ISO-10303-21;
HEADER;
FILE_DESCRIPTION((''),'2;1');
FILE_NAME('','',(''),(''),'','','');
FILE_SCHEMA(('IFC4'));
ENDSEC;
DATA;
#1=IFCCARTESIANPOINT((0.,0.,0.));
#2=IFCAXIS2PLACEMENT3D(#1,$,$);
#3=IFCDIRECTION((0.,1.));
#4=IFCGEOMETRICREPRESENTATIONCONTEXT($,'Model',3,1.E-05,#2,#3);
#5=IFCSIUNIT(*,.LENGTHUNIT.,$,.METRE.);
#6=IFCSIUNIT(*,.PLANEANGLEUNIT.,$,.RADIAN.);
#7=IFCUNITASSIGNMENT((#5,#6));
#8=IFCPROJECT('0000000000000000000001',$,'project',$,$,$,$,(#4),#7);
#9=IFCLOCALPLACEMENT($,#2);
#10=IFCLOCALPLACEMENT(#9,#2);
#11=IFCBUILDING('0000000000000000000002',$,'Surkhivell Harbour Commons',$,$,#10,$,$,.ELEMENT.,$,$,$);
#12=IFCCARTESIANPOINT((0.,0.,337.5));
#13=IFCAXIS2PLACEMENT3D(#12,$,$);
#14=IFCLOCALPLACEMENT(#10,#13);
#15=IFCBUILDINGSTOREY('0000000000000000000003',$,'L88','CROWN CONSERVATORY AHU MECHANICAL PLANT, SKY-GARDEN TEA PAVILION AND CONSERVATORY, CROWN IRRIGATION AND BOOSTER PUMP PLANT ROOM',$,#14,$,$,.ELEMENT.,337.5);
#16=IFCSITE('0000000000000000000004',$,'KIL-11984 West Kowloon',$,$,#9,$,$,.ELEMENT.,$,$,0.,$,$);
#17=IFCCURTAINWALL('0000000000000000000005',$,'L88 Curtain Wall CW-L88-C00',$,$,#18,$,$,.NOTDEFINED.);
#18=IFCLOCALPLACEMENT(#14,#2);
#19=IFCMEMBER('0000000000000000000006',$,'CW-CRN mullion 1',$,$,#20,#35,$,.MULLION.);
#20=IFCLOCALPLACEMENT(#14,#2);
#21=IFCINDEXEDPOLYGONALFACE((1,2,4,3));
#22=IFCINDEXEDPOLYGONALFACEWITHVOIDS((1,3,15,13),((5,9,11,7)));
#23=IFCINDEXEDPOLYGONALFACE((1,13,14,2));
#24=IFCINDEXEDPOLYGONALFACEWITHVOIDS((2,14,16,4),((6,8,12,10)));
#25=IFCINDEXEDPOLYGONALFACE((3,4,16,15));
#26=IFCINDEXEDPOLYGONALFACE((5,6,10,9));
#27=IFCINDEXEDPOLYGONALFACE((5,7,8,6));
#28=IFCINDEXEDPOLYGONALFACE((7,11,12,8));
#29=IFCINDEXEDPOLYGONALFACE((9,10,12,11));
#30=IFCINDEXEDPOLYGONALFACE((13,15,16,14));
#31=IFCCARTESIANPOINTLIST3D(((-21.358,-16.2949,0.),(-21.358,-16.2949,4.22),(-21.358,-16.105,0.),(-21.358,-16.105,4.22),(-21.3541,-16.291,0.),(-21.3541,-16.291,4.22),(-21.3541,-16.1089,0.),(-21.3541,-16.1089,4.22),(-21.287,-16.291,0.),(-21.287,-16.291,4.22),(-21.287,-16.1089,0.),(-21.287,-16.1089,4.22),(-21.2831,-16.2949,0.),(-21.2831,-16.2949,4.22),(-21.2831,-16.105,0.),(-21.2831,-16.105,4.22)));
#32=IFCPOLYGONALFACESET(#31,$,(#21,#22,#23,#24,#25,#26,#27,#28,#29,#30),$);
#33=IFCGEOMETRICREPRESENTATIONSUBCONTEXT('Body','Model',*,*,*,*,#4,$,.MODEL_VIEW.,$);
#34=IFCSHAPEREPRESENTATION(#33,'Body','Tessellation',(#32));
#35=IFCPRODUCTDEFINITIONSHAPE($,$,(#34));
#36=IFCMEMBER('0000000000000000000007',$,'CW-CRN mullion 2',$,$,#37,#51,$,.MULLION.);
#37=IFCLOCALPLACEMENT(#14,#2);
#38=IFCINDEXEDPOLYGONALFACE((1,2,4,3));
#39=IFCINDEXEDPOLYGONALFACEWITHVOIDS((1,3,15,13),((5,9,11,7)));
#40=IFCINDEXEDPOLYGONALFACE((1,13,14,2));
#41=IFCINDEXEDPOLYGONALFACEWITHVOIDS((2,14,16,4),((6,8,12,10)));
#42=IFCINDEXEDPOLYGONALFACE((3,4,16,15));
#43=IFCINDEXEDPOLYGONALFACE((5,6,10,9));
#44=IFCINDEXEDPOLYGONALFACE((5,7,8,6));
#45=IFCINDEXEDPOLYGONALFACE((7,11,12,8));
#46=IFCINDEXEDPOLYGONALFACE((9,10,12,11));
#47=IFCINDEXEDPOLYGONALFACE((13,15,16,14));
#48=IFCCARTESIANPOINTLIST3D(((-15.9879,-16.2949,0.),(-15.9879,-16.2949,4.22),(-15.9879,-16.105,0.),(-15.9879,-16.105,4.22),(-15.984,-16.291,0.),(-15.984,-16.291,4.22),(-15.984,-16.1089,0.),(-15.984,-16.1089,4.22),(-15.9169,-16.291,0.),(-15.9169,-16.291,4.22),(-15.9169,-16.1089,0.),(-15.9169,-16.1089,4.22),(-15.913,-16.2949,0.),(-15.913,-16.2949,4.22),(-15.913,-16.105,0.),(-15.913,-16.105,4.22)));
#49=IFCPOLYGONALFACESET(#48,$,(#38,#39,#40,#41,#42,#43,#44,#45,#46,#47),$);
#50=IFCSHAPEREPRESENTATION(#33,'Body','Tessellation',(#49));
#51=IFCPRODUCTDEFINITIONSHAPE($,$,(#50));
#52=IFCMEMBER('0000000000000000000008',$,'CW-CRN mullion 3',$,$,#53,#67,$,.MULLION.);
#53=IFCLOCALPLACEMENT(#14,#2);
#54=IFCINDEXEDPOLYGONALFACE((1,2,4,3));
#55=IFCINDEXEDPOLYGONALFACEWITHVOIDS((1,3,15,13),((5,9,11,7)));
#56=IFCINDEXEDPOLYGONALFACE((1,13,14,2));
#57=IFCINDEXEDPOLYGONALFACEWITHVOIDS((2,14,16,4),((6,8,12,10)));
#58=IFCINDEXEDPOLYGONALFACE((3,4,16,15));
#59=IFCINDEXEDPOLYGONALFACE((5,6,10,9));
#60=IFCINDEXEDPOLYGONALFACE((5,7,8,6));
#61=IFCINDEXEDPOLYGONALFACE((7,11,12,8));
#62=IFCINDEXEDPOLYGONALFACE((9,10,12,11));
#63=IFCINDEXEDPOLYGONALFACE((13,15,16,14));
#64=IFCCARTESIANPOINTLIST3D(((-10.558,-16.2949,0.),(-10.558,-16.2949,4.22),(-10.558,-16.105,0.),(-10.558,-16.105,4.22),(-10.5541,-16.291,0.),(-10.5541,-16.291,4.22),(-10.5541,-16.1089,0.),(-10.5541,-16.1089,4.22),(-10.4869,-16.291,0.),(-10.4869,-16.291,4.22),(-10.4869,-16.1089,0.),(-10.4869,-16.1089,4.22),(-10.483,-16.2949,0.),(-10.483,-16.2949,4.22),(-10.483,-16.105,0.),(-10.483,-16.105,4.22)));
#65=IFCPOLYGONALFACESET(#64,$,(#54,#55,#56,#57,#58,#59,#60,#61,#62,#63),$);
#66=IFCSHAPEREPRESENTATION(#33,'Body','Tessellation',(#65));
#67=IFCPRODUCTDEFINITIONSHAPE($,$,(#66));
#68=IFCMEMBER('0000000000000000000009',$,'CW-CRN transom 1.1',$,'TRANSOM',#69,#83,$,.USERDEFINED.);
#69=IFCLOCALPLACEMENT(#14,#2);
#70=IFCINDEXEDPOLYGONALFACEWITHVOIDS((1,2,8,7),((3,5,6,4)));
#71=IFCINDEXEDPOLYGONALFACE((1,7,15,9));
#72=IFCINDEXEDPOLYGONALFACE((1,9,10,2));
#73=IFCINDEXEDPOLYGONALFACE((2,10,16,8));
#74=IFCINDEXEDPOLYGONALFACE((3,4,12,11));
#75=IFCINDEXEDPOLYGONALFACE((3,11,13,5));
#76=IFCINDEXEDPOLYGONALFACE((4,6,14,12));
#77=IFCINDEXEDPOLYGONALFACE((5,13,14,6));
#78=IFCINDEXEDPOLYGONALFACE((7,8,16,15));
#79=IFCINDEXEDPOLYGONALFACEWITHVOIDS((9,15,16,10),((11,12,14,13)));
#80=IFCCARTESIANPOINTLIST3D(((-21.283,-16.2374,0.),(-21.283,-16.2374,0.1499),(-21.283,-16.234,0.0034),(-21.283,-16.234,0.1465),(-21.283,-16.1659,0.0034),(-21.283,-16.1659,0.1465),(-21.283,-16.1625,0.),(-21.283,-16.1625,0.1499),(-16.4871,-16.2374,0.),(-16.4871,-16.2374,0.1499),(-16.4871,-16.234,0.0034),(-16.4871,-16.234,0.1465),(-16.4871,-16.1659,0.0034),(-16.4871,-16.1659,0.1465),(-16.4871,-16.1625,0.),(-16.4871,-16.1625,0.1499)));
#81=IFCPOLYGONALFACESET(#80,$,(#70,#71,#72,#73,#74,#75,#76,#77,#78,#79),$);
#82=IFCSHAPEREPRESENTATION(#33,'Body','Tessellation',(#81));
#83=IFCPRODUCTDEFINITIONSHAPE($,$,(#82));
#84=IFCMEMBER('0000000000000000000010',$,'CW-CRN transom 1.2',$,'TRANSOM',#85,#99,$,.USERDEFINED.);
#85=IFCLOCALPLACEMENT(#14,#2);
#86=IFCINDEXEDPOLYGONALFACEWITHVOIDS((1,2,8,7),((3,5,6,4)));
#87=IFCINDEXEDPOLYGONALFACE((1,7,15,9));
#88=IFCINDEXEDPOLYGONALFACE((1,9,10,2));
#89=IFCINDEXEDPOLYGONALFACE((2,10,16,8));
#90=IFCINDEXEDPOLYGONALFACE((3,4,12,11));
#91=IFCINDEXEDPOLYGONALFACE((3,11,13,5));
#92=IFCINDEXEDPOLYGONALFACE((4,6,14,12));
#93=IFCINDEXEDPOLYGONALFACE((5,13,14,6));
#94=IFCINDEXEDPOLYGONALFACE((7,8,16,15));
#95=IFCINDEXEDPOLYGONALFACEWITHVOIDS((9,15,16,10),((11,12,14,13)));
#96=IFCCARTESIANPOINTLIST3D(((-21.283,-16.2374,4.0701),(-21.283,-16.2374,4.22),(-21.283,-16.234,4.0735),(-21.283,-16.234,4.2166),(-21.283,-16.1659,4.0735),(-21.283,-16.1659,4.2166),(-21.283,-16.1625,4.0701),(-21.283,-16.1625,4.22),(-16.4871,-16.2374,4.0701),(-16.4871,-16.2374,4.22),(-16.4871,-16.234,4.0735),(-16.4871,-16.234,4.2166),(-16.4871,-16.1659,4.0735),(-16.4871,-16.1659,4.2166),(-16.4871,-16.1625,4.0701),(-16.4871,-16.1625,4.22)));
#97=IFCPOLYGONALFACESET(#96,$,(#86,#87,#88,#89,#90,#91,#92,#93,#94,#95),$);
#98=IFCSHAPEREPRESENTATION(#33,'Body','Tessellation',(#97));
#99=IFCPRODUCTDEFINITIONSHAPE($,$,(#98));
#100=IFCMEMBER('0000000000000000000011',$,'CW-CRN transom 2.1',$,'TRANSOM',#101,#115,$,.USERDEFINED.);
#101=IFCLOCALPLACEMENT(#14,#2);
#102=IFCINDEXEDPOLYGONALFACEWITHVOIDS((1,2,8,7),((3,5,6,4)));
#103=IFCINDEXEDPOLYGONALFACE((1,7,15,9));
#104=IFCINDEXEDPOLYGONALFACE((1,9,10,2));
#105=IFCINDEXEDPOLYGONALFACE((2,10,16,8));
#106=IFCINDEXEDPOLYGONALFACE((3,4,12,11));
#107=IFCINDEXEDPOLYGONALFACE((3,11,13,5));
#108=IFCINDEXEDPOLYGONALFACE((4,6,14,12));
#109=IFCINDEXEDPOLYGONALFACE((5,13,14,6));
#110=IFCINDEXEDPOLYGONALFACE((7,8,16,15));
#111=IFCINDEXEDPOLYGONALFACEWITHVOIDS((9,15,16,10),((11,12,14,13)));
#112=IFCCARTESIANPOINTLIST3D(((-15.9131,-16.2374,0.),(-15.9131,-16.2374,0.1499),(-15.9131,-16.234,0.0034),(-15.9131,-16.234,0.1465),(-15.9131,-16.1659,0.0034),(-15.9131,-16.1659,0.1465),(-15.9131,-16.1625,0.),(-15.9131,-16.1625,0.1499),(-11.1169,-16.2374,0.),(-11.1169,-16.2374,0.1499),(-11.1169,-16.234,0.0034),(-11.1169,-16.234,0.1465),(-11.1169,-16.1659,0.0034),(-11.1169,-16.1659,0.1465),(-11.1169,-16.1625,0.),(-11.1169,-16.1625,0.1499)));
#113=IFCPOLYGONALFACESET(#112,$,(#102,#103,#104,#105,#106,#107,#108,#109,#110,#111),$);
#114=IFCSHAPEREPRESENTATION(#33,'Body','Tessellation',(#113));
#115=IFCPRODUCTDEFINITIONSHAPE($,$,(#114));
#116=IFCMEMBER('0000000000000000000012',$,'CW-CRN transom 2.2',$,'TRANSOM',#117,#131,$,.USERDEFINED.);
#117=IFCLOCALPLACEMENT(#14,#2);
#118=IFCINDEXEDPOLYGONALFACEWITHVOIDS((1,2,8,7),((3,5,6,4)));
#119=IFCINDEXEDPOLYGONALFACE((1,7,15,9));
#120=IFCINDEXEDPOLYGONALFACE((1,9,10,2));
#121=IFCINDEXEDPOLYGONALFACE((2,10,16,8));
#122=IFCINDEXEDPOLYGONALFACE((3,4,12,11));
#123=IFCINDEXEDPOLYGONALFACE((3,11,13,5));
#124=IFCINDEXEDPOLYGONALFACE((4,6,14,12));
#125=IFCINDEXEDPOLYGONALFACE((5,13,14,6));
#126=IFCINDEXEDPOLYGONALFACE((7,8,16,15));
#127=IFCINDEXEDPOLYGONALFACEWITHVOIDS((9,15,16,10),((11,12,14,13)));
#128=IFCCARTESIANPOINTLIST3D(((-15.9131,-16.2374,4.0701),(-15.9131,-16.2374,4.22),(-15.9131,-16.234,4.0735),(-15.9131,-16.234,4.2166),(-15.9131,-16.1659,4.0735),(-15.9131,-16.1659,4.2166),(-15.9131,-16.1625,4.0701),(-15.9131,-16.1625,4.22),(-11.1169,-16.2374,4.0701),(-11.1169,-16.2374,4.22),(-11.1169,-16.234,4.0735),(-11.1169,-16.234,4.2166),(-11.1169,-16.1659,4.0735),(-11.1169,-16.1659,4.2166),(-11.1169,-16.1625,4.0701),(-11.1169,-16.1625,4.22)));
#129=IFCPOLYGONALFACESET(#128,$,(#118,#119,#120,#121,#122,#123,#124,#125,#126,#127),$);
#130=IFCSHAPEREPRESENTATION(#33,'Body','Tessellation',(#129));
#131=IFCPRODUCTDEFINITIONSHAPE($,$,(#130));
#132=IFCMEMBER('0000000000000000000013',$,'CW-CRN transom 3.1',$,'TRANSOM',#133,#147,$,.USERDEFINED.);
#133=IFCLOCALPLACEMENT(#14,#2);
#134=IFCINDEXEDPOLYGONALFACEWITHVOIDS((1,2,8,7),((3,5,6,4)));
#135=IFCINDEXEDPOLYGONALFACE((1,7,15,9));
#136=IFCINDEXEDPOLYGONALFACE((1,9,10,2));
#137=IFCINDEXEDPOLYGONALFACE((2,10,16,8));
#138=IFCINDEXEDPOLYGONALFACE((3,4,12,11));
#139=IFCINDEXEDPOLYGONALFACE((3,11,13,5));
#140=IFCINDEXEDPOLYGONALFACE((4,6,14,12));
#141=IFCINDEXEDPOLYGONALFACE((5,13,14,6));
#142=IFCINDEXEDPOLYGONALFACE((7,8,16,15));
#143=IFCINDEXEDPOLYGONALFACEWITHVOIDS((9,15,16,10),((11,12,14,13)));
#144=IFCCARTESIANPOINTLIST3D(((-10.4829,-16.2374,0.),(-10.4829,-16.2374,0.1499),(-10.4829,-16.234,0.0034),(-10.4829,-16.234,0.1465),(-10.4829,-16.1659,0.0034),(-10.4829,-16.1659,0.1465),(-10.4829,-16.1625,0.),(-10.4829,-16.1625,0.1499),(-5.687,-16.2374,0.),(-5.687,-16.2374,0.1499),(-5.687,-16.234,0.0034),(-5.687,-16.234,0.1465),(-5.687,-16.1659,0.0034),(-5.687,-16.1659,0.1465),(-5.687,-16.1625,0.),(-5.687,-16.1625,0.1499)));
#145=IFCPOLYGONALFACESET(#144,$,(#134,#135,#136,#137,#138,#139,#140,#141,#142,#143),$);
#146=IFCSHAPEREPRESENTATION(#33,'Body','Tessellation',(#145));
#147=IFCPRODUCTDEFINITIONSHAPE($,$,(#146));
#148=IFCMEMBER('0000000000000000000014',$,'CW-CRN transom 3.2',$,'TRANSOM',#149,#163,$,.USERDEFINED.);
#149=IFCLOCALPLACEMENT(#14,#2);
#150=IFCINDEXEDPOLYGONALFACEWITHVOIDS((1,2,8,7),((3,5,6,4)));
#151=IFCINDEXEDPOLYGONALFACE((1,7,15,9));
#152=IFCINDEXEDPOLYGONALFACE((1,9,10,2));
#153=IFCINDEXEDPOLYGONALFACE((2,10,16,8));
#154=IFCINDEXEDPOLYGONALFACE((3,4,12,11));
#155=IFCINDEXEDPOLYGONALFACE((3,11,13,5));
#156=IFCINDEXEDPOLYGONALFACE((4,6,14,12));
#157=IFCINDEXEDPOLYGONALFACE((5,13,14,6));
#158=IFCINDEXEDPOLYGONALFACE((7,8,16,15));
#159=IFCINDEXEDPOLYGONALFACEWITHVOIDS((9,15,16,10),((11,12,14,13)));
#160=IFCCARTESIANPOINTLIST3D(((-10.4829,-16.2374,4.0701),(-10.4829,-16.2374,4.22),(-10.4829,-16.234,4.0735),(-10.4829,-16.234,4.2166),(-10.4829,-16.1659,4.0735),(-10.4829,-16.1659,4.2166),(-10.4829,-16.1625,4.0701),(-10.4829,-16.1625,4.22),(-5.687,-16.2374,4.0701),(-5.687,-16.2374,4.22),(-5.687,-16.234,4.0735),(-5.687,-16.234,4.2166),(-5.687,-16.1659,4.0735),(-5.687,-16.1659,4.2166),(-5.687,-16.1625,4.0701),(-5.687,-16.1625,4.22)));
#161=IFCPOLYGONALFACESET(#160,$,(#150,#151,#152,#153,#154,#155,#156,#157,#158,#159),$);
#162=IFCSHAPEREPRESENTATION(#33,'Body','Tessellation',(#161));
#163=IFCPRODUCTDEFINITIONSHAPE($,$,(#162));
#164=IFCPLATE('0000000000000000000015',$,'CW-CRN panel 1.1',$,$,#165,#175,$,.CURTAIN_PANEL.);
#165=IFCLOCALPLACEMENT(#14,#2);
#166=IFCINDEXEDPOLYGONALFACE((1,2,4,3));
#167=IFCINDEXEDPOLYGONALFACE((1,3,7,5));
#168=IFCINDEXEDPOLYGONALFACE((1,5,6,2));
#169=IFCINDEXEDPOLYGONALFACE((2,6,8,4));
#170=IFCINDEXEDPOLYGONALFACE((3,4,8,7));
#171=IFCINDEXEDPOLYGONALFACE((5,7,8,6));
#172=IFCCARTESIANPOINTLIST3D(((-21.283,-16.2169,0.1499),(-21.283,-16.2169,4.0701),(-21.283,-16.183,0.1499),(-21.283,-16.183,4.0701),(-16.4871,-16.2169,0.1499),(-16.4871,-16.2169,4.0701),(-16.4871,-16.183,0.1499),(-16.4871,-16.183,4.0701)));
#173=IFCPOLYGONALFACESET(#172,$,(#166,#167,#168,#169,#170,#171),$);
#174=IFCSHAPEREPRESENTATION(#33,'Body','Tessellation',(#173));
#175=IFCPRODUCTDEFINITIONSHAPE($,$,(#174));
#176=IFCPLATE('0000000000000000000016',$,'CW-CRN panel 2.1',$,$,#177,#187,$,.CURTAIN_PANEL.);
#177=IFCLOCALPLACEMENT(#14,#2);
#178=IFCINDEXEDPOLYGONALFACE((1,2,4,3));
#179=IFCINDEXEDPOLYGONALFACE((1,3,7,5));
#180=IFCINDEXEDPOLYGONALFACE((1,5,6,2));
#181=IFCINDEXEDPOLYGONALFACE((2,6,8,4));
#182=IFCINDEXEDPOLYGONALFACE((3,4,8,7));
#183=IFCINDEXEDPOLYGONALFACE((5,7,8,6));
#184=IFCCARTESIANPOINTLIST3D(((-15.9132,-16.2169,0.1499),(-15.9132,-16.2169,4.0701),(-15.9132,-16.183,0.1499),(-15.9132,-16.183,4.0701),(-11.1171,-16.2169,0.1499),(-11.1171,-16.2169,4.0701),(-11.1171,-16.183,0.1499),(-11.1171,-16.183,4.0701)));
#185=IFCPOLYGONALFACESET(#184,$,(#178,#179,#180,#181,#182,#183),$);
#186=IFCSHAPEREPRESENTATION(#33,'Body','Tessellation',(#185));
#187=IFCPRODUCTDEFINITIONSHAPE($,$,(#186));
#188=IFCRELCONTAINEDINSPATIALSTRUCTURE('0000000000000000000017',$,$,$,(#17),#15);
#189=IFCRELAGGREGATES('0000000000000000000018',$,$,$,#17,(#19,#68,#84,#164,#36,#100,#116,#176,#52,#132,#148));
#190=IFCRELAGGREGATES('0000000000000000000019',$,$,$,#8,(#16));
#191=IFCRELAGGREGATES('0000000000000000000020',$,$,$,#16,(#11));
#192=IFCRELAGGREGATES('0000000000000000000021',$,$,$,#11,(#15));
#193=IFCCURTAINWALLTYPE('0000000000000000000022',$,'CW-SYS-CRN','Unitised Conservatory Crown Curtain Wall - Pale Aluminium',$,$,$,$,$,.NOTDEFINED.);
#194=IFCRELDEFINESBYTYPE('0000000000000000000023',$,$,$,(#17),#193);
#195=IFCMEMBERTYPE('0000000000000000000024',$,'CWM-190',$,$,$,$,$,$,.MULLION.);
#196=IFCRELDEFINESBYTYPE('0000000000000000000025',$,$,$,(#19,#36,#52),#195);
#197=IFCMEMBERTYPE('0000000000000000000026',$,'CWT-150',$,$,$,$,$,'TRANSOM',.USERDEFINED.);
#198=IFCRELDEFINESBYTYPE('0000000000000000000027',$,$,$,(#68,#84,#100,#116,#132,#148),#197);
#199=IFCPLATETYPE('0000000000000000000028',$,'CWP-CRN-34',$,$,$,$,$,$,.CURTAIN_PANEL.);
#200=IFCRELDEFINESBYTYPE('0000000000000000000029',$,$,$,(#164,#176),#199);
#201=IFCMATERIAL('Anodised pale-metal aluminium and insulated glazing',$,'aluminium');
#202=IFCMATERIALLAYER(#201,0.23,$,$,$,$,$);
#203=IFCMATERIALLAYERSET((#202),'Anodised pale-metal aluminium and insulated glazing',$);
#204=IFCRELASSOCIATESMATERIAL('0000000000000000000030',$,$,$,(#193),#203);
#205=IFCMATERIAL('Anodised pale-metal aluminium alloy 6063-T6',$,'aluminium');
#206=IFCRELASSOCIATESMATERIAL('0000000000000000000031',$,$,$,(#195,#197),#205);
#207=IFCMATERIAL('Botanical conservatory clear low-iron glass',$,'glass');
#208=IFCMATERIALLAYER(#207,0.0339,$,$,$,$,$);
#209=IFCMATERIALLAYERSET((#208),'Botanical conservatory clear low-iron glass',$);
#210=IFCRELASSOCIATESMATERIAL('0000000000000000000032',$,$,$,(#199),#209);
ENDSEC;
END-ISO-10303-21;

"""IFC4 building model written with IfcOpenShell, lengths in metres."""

from ifc_helpers import new_model, si_unit, direction, frame, frame_2d, origin, origin_2d, place, context, subcontext, project, spatial, rectangle, hollow_rectangle, extrude, material, layer, layer_set, material_profile, profile_set, type_object, element, aggregate, save


model = new_model("IFC4")

# Units and contexts
model_context = context("Model", 3, precision=1e-05, world=origin(), true_north=direction((0.0, 1.0)))
body_context = subcontext(model_context, "Body", "Model", "MODEL_VIEW")
ifc_project = project(units=[si_unit("LENGTHUNIT", "METRE"), si_unit("PLANEANGLEUNIT", "RADIAN")], contexts=[model_context])

# Site, building, storey
site_placement = place(None, origin())
site = spatial("IfcSite", under=ifc_project, at=site_placement, Name="KIL-11984 West Kowloon", CompositionType="ELEMENT", RefElevation=0.0)
building_placement = place(site_placement, origin())
building = spatial("IfcBuilding", under=site, at=building_placement, Name="Surkhivell Harbour Commons", CompositionType="ELEMENT")
storey_placement = place(building_placement, frame((0.0, 0.0, 337.5)))
storey = spatial("IfcBuildingStorey", under=building, at=storey_placement, Name="L88", Description="CROWN CONSERVATORY AHU MECHANICAL PLANT, SKY-GARDEN TEA PAVILION AND CONSERVATORY, CROWN IRRIGATION AND BOOSTER PUMP PLANT ROOM", CompositionType="ELEMENT", Elevation=337.5)

# Curtain wall, members, plates
ifc_material_1 = material(Name="Anodised pale-metal aluminium and insulated glazing", Category="aluminium")
ifc_layer_1 = layer(ifc_material_1, 0.23)
ifc_layer_set_1 = layer_set([ifc_layer_1], Name="Anodised pale-metal aluminium and insulated glazing")
curtain_wall_type = type_object("IfcCurtainWallType", Name="CW-SYS-CRN", Description="Unitised Conservatory Crown Curtain Wall - Pale Aluminium", PredefinedType="NOTDEFINED", material=ifc_layer_set_1)
curtain_wall_placement = place(storey_placement, origin())
curtain_wall = element("IfcCurtainWall", 1, at=curtain_wall_placement, inside=storey, type_object=curtain_wall_type, Name="L88 Curtain Wall CW-L88-C00", PredefinedType="NOTDEFINED")
ifc_material_2 = material(Name="Anodised pale-metal aluminium alloy 6063-T6", Category="aluminium")
ifc_material_profile_1 = material_profile(ifc_material_2, hollow_rectangle(XDim=0.075, YDim=0.1899, WallThickness=0.0039, at=origin_2d()), Name="ALU-MULL-75x190")
ifc_profile_set_1 = profile_set([ifc_material_profile_1], Name="Anodised pale-metal aluminium alloy 6063-T6")
member_type_1 = type_object("IfcMemberType", Name="CWM-190", PredefinedType="MULLION", material=ifc_profile_set_1)
member_1_placement = place(storey_placement, frame((-21.3206, -16.2, 0.0), z_axis=(0.0, 0.0, 1.0), x_axis=(1.0, 0.0, 0.0)))
member_1 = element("IfcMember", 2, at=member_1_placement, type_object=member_type_1, Name="CW-CRN mullion 1", PredefinedType="MULLION", context=body_context, shape_type="SweptSolid", body=[
    extrude(hollow_rectangle(XDim=0.075, YDim=0.1899, WallThickness=0.0039, at=origin_2d()), origin(), (0.0, 0.0, 1.0), 4.22),
])
member_2_placement = place(storey_placement, frame((-15.9504, -16.2, 0.0), z_axis=(0.0, 0.0, 1.0), x_axis=(1.0, 0.0, 0.0)))
member_2 = element("IfcMember", 3, at=member_2_placement, type_object=member_type_1, Name="CW-CRN mullion 2", PredefinedType="MULLION", context=body_context, shape_type="SweptSolid", body=[
    extrude(hollow_rectangle(XDim=0.075, YDim=0.1899, WallThickness=0.0039, at=origin_2d()), origin(), (0.0, 0.0, 1.0), 4.22),
])
member_3_placement = place(storey_placement, frame((-10.5205, -16.2, 0.0), z_axis=(0.0, 0.0, 1.0), x_axis=(1.0, 0.0, 0.0)))
member_3 = element("IfcMember", 4, at=member_3_placement, type_object=member_type_1, Name="CW-CRN mullion 3", PredefinedType="MULLION", context=body_context, shape_type="SweptSolid", body=[
    extrude(hollow_rectangle(XDim=0.075, YDim=0.1899, WallThickness=0.0039, at=origin_2d()), origin(), (0.0, 0.0, 1.0), 4.22),
])
ifc_material_profile_2 = material_profile(ifc_material_2, hollow_rectangle(XDim=0.075, YDim=0.1499, WallThickness=0.0034, at=origin_2d()), Name="ALU-TRAN-75x150")
ifc_profile_set_2 = profile_set([ifc_material_profile_2], Name="Anodised pale-metal aluminium alloy 6063-T6")
member_type_2 = type_object("IfcMemberType", Name="CWT-150", ElementType="TRANSOM", PredefinedType="USERDEFINED", material=ifc_profile_set_2)
member_4_placement = place(storey_placement, frame((-21.283, -16.2, 0.075), z_axis=(1.0, 0.0, 0.0), x_axis=(0.0, 1.0, 0.0)))
member_4 = element("IfcMember", 5, at=member_4_placement, type_object=member_type_2, Name="CW-CRN transom 1.1", ObjectType="TRANSOM", PredefinedType="USERDEFINED", context=body_context, shape_type="SweptSolid", body=[
    extrude(hollow_rectangle(XDim=0.075, YDim=0.1499, WallThickness=0.0034, at=origin_2d()), origin(), (0.0, 0.0, 1.0), 4.7959),
])
member_5_placement = place(storey_placement, frame((-21.283, -16.2, 4.145), z_axis=(1.0, 0.0, 0.0), x_axis=(0.0, 1.0, 0.0)))
member_5 = element("IfcMember", 6, at=member_5_placement, type_object=member_type_2, Name="CW-CRN transom 1.2", ObjectType="TRANSOM", PredefinedType="USERDEFINED", context=body_context, shape_type="SweptSolid", body=[
    extrude(hollow_rectangle(XDim=0.075, YDim=0.1499, WallThickness=0.0034, at=origin_2d()), origin(), (0.0, 0.0, 1.0), 4.7959),
])
member_6_placement = place(storey_placement, frame((-15.9131, -16.2, 0.075), z_axis=(1.0, 0.0, 0.0), x_axis=(0.0, 1.0, 0.0)))
member_6 = element("IfcMember", 7, at=member_6_placement, type_object=member_type_2, Name="CW-CRN transom 2.1", ObjectType="TRANSOM", PredefinedType="USERDEFINED", context=body_context, shape_type="SweptSolid", body=[
    extrude(hollow_rectangle(XDim=0.075, YDim=0.1499, WallThickness=0.0034, at=origin_2d()), origin(), (0.0, 0.0, 1.0), 4.7961),
])
member_7_placement = place(storey_placement, frame((-15.9131, -16.2, 4.145), z_axis=(1.0, 0.0, 0.0), x_axis=(0.0, 1.0, 0.0)))
member_7 = element("IfcMember", 8, at=member_7_placement, type_object=member_type_2, Name="CW-CRN transom 2.2", ObjectType="TRANSOM", PredefinedType="USERDEFINED", context=body_context, shape_type="SweptSolid", body=[
    extrude(hollow_rectangle(XDim=0.075, YDim=0.1499, WallThickness=0.0034, at=origin_2d()), origin(), (0.0, 0.0, 1.0), 4.7961),
])
member_8_placement = place(storey_placement, frame((-10.4829, -16.2, 0.075), z_axis=(1.0, 0.0, 0.0), x_axis=(0.0, 1.0, 0.0)))
member_8 = element("IfcMember", 9, at=member_8_placement, type_object=member_type_2, Name="CW-CRN transom 3.1", ObjectType="TRANSOM", PredefinedType="USERDEFINED", context=body_context, shape_type="SweptSolid", body=[
    extrude(hollow_rectangle(XDim=0.075, YDim=0.1499, WallThickness=0.0034, at=origin_2d()), origin(), (0.0, 0.0, 1.0), 4.7959),
])
member_9_placement = place(storey_placement, frame((-10.4829, -16.2, 4.145), z_axis=(1.0, 0.0, 0.0), x_axis=(0.0, 1.0, 0.0)))
member_9 = element("IfcMember", 10, at=member_9_placement, type_object=member_type_2, Name="CW-CRN transom 3.2", ObjectType="TRANSOM", PredefinedType="USERDEFINED", context=body_context, shape_type="SweptSolid", body=[
    extrude(hollow_rectangle(XDim=0.075, YDim=0.1499, WallThickness=0.0034, at=origin_2d()), origin(), (0.0, 0.0, 1.0), 4.7959),
])
ifc_material_3 = material(Name="Botanical conservatory clear low-iron glass", Category="glass")
ifc_layer_2 = layer(ifc_material_3, 0.0339)
ifc_layer_set_2 = layer_set([ifc_layer_2], Name="Botanical conservatory clear low-iron glass")
plate_type_1 = type_object("IfcPlateType", Name="CWP-CRN-34", PredefinedType="CURTAIN_PANEL", material=ifc_layer_set_2)
plate_1_placement = place(storey_placement, frame((-21.283, -16.2, 0.1499), z_axis=(0.0, 0.0, 1.0), x_axis=(1.0, 0.0, 0.0)))
plate_1 = element("IfcPlate", 11, at=plate_1_placement, type_object=plate_type_1, Name="CW-CRN panel 1.1", PredefinedType="CURTAIN_PANEL", context=body_context, shape_type="SweptSolid", body=[
    extrude(rectangle(XDim=4.7959, YDim=0.0339, at=frame_2d((2.3979, 0.0))), origin(), (0.0, 0.0, 1.0), 3.9202),
])
plate_2_placement = place(storey_placement, frame((-15.9131, -16.2, 0.1499), z_axis=(0.0, 0.0, 1.0), x_axis=(1.0, 0.0, 0.0)))
plate_2 = element("IfcPlate", 12, at=plate_2_placement, type_object=plate_type_1, Name="CW-CRN panel 2.1", PredefinedType="CURTAIN_PANEL", context=body_context, shape_type="SweptSolid", body=[
    extrude(rectangle(XDim=4.7961, YDim=0.0339, at=frame_2d((2.3979, 0.0))), origin(), (0.0, 0.0, 1.0), 3.9202),
])
aggregate(curtain_wall, [member_1, member_4, member_5, plate_1, member_2, member_6, member_7, plate_2, member_3, member_8, member_9])

save(model, "model.ifc")
